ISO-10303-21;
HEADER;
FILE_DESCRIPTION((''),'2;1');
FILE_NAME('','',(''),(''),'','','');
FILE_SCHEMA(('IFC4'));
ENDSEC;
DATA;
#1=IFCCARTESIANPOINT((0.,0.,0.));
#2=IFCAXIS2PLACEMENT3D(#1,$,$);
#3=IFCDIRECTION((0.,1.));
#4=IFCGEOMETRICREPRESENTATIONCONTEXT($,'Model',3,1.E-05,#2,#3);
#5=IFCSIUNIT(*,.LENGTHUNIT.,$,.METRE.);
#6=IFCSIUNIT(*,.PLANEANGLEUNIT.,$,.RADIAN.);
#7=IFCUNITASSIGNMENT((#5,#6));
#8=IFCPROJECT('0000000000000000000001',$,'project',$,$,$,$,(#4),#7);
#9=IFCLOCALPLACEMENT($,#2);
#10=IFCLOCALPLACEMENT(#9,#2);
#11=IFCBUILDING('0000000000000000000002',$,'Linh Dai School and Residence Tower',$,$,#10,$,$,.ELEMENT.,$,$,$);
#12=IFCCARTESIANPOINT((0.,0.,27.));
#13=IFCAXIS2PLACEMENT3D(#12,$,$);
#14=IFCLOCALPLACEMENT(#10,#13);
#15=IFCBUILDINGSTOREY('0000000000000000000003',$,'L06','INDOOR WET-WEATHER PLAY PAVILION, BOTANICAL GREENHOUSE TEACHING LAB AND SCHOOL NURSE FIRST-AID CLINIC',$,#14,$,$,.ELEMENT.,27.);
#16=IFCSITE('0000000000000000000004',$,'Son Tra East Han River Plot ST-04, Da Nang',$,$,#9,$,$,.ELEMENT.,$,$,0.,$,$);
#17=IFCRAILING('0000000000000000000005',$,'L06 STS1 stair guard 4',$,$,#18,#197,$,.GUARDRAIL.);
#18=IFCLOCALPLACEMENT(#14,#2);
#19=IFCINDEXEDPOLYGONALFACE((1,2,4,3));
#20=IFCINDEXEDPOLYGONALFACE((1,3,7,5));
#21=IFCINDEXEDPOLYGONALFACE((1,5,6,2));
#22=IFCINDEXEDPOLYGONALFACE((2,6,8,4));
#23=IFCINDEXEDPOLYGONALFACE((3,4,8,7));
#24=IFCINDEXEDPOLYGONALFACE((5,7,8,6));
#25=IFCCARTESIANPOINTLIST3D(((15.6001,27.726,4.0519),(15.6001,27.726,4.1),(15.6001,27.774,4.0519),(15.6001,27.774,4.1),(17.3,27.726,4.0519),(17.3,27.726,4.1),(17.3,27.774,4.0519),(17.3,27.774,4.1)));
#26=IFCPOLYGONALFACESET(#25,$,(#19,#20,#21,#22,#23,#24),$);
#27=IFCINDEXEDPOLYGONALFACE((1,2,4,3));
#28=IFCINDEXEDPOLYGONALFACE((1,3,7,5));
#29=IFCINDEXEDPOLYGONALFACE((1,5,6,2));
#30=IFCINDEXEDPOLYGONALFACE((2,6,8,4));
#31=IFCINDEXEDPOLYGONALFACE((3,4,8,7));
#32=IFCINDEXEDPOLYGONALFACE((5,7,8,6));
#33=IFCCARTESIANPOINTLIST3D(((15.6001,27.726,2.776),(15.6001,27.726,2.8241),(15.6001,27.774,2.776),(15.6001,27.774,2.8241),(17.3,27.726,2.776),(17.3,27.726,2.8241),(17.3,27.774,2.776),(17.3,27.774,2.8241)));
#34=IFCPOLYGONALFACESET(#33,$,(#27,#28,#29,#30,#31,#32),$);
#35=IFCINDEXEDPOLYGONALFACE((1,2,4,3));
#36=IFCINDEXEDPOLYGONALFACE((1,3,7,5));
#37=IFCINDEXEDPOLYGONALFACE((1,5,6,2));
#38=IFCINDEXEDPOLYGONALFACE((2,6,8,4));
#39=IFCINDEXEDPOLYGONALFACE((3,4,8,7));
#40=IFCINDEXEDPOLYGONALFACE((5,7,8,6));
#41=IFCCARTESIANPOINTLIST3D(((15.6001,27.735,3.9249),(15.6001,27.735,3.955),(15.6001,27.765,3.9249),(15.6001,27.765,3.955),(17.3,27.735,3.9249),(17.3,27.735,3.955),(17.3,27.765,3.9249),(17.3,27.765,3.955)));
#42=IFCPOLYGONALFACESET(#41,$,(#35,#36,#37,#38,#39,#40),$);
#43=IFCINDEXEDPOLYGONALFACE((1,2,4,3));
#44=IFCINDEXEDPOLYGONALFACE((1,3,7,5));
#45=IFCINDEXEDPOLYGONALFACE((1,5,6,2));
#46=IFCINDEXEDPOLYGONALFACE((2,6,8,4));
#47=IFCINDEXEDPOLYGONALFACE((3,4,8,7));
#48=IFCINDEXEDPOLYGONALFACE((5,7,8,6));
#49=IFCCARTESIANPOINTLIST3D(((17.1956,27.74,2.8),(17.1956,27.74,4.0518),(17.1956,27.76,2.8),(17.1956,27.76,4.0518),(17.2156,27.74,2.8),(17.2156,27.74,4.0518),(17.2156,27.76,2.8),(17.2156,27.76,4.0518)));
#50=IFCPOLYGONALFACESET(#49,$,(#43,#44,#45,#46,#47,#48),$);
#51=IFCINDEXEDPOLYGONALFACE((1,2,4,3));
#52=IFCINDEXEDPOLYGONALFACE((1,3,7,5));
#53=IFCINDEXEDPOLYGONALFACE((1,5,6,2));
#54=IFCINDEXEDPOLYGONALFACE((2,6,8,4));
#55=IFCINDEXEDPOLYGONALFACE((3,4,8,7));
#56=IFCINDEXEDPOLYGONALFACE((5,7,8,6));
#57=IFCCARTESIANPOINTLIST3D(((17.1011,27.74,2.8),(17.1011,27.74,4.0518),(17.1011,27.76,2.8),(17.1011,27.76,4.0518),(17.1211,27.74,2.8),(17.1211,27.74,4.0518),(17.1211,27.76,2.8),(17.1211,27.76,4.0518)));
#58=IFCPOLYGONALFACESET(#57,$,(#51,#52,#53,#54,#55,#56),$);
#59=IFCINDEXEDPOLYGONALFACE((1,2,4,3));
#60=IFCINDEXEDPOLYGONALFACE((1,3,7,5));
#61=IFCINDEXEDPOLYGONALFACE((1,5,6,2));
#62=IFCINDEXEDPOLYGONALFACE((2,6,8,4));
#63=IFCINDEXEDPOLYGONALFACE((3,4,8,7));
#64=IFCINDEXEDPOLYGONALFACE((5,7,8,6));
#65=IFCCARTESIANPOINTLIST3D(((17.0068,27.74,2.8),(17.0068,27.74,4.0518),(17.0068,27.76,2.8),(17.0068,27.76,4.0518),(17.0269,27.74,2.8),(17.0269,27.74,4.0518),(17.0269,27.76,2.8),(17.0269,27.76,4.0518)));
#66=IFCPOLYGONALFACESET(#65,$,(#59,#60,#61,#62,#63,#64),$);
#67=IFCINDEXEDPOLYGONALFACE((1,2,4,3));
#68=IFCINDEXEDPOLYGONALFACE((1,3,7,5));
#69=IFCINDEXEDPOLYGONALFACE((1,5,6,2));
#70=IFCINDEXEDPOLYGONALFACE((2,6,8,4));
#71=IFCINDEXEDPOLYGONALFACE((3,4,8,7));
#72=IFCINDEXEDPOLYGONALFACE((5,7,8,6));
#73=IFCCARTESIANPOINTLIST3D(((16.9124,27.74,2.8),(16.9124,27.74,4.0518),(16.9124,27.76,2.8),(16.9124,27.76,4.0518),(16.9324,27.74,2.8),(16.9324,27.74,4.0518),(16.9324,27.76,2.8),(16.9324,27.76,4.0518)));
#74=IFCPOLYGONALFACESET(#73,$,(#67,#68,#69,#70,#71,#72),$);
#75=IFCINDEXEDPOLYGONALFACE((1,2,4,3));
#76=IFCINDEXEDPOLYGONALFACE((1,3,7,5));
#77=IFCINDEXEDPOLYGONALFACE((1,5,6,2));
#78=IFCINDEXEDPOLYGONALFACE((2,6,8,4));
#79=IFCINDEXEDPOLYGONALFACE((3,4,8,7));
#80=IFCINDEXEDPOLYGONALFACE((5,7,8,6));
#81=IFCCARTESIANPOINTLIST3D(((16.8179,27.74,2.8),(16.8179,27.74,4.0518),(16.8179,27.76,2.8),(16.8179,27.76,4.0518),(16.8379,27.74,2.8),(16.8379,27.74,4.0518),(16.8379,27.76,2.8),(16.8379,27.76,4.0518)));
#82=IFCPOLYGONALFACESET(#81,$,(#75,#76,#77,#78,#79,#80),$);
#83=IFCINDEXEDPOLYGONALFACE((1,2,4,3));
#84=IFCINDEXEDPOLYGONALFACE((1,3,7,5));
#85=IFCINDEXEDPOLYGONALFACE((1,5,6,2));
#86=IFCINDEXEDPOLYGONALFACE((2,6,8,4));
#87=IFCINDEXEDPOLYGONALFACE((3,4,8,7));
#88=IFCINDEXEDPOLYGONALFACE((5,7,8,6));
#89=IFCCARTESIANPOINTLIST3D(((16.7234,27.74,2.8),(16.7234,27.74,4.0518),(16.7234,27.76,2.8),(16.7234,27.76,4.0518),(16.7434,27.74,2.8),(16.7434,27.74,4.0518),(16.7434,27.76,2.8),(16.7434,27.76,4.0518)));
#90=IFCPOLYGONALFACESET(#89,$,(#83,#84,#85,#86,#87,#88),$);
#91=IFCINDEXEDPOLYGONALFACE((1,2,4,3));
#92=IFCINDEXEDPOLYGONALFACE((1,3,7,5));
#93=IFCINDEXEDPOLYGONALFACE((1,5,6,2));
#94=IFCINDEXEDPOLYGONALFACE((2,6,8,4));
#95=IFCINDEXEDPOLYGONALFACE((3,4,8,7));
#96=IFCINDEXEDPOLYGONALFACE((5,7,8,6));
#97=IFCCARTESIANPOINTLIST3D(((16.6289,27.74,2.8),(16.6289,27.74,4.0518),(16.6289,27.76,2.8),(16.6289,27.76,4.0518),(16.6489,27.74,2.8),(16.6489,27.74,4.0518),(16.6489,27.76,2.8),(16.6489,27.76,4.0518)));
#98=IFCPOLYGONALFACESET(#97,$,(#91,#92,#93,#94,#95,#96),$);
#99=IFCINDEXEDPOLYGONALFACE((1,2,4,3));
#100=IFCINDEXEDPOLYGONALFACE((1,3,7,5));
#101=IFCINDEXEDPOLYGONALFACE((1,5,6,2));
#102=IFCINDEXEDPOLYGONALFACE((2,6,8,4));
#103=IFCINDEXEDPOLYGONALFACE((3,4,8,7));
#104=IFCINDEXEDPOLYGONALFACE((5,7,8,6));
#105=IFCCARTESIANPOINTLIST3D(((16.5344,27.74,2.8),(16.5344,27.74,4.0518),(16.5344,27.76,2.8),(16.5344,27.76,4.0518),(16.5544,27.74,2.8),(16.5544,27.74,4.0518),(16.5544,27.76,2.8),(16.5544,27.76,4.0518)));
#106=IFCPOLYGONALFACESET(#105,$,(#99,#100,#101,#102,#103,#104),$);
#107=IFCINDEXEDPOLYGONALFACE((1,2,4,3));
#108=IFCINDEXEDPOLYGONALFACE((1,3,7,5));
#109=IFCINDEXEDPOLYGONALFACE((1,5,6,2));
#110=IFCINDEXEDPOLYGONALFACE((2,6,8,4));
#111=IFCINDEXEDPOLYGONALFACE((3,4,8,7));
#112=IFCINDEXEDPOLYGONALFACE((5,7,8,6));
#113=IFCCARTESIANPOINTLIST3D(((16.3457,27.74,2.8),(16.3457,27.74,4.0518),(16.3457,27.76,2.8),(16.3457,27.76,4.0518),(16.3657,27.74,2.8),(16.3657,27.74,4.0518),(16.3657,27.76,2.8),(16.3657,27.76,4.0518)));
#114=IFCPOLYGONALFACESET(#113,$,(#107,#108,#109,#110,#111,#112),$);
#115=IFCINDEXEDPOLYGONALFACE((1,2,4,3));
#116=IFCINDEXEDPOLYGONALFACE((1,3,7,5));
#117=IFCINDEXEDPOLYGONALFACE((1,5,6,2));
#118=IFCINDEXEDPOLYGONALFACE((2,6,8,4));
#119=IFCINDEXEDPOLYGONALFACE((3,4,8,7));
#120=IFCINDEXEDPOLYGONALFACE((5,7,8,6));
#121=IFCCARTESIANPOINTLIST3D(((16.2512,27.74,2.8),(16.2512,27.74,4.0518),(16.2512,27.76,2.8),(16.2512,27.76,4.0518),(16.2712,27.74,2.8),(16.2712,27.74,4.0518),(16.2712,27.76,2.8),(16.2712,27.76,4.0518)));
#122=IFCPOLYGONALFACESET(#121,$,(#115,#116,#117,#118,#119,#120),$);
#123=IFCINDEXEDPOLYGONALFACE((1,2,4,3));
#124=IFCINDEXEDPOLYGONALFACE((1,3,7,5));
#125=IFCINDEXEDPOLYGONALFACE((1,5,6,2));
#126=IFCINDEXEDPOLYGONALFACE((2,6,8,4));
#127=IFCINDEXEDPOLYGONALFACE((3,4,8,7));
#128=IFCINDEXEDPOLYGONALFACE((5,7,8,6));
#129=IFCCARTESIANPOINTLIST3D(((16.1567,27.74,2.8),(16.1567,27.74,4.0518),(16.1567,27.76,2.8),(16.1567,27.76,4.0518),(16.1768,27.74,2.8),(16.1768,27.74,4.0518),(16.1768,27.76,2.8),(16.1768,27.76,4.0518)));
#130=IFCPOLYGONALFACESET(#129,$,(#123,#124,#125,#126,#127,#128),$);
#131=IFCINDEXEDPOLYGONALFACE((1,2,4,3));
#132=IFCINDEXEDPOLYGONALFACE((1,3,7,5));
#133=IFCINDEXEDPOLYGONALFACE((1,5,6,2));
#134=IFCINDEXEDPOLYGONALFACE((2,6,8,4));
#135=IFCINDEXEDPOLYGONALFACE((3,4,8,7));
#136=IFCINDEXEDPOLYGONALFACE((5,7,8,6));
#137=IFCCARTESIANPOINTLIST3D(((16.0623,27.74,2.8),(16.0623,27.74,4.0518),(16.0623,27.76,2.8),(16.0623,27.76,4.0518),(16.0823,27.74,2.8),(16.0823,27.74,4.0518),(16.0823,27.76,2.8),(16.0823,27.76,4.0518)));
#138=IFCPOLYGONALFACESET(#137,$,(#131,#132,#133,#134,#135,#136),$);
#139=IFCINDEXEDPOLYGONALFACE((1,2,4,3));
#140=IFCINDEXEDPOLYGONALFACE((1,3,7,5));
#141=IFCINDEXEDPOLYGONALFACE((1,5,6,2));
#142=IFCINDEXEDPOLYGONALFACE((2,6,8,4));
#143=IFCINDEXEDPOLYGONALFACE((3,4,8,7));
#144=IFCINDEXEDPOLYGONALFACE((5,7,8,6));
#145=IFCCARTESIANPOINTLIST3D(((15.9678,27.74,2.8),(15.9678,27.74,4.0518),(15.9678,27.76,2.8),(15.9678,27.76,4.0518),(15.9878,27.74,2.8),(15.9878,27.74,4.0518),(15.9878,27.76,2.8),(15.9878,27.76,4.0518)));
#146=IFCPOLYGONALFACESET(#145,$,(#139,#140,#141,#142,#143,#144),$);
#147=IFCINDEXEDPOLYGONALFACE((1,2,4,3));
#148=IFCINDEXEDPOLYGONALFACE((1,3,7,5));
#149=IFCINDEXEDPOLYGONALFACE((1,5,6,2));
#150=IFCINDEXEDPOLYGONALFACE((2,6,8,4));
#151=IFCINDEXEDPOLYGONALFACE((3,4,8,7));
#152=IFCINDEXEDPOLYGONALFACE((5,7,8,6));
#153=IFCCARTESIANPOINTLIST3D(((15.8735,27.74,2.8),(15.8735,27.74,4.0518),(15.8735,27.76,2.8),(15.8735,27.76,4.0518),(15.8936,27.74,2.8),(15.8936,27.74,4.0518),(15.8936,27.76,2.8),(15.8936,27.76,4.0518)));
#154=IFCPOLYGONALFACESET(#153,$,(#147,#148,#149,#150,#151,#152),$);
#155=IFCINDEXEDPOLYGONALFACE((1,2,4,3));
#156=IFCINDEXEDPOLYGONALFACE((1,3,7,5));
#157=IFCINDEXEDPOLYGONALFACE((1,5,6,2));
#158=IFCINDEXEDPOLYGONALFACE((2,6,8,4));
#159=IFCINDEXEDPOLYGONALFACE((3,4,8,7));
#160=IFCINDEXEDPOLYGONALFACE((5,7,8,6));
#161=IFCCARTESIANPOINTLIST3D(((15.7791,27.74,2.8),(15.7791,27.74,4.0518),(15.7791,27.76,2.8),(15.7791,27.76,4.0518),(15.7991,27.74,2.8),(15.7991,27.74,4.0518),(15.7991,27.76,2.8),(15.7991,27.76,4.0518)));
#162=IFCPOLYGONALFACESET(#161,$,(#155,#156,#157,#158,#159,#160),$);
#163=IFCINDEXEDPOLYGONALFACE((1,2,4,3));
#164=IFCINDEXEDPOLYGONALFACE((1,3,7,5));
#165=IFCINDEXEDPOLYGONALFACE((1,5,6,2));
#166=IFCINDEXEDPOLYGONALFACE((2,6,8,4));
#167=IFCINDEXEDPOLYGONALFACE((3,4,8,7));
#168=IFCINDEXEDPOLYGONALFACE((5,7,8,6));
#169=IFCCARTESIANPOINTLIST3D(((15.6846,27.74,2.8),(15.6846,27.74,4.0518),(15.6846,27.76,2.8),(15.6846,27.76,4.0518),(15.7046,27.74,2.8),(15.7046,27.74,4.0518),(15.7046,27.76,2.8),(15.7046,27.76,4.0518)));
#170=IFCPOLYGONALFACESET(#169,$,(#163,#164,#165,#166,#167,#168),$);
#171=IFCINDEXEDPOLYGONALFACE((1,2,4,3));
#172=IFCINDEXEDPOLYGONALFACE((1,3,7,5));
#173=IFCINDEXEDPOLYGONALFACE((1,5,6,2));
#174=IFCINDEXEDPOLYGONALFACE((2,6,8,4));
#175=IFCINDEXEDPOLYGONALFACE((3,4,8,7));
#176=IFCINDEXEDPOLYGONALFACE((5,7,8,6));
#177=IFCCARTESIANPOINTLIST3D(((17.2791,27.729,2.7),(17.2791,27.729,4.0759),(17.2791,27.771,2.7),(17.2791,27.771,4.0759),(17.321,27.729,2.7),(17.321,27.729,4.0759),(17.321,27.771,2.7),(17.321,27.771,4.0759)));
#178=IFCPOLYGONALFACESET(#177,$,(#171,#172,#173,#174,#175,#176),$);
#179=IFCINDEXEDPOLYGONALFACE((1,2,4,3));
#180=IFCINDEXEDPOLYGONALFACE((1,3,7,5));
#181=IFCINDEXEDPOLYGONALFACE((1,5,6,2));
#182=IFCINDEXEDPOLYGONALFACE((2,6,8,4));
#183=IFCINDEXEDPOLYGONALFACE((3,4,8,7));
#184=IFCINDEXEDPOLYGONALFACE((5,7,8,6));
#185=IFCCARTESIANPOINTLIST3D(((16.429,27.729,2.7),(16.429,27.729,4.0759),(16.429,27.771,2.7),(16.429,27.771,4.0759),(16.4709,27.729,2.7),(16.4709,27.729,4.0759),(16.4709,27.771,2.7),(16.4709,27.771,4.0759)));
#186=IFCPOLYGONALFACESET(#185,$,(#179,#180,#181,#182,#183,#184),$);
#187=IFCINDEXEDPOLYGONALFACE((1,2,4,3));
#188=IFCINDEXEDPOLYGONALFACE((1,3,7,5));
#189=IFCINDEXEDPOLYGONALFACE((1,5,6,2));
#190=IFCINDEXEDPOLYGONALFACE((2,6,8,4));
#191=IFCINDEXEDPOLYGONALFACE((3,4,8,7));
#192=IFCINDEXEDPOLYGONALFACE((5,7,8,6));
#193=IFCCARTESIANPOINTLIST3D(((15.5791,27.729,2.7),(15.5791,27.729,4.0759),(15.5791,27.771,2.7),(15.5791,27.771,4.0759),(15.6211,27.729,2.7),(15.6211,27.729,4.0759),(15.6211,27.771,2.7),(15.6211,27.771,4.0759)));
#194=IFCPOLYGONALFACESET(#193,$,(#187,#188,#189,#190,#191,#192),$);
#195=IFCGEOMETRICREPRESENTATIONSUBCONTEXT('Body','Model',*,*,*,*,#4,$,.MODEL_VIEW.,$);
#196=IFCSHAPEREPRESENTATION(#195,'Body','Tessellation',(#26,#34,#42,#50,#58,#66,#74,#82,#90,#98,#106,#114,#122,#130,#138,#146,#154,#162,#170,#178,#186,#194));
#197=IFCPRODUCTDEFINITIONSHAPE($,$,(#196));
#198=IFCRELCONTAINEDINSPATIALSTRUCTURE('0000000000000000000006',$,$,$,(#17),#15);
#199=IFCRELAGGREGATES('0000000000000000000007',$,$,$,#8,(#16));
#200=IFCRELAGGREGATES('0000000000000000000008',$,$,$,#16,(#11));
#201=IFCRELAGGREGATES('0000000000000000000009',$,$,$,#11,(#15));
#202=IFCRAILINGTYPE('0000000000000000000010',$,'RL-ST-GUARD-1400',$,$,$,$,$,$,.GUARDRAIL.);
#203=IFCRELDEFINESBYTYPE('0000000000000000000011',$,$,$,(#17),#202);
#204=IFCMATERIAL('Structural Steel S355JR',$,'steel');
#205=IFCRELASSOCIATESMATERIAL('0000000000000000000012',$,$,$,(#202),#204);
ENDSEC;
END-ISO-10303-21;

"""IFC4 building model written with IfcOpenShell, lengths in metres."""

from ifc_helpers import new_model, si_unit, direction, frame, origin, origin_2d, place, context, subcontext, project, spatial, rectangle, extrude, source, transform, mapped, material, type_object, element, save


model = new_model("IFC4")

# Units and contexts
model_context = context("Model", 3, precision=1e-05, world=origin(), true_north=direction((0.0, 1.0)))
body_context = subcontext(model_context, "Body", "Model", "MODEL_VIEW")
ifc_project = project(units=[si_unit("LENGTHUNIT", "METRE"), si_unit("PLANEANGLEUNIT", "RADIAN")], contexts=[model_context])

# Site, building, storey
site_placement = place(None, origin())
site = spatial("IfcSite", under=ifc_project, at=site_placement, Name="Son Tra East Han River Plot ST-04, Da Nang", CompositionType="ELEMENT", RefElevation=0.0)
building_placement = place(site_placement, origin())
building = spatial("IfcBuilding", under=site, at=building_placement, Name="Linh Dai School and Residence Tower", CompositionType="ELEMENT")
storey_placement = place(building_placement, frame((0.0, 0.0, 27.0)))
storey = spatial("IfcBuildingStorey", under=building, at=storey_placement, Name="L06", Description="INDOOR WET-WEATHER PLAY PAVILION, BOTANICAL GREENHOUSE TEACHING LAB AND SCHOOL NURSE FIRST-AID CLINIC", CompositionType="ELEMENT", Elevation=27.0)

# Shared definitions
ifc_material_1 = material(Name="Structural Steel S355JR", Category="steel")

# Railing
railing_type_1 = type_object("IfcRailingType", Name="RL-ST-GUARD-1400", PredefinedType="GUARDRAIL", material=ifc_material_1)
shared_shape_1 = source(origin(), body_context, "Body", "SweptSolid", [
    extrude(rectangle(XDim=0.0481, YDim=0.0481, at=origin_2d()), frame((0.0, 0.0, 1.376), z_axis=(-1.0, 0.0, 0.0), x_axis=(0.0, -1.0, 0.0)), (0.0, 0.0, 1.0), 1.7),
    extrude(rectangle(XDim=0.0481, YDim=0.0481, at=origin_2d()), frame((0.0, 0.0, 0.1001), z_axis=(-1.0, 0.0, 0.0), x_axis=(0.0, -1.0, 0.0)), (0.0, 0.0, 1.0), 1.7),
    extrude(rectangle(XDim=0.03, YDim=0.03, at=origin_2d()), frame((0.0, 0.0, 1.24), z_axis=(-1.0, 0.0, 0.0), x_axis=(0.0, -1.0, 0.0)), (0.0, 0.0, 1.0), 1.7),
    extrude(rectangle(XDim=0.02, YDim=0.02, at=origin_2d()), frame((-0.0945, 0.0, 0.1001)), (0.0, 0.0, 1.0), 1.2517),
    extrude(rectangle(XDim=0.02, YDim=0.02, at=origin_2d()), frame((-0.189, 0.0, 0.1001)), (0.0, 0.0, 1.0), 1.2517),
    extrude(rectangle(XDim=0.02, YDim=0.02, at=origin_2d()), frame((-0.2832, 0.0, 0.1001)), (0.0, 0.0, 1.0), 1.2517),
    extrude(rectangle(XDim=0.02, YDim=0.02, at=origin_2d()), frame((-0.3777, 0.0, 0.1001)), (0.0, 0.0, 1.0), 1.2517),
    extrude(rectangle(XDim=0.02, YDim=0.02, at=origin_2d()), frame((-0.4722, 0.0, 0.1001)), (0.0, 0.0, 1.0), 1.2517),
    extrude(rectangle(XDim=0.02, YDim=0.02, at=origin_2d()), frame((-0.5667, 0.0, 0.1001)), (0.0, 0.0, 1.0), 1.2517),
    extrude(rectangle(XDim=0.02, YDim=0.02, at=origin_2d()), frame((-0.6611, 0.0, 0.1001)), (0.0, 0.0, 1.0), 1.2517),
    extrude(rectangle(XDim=0.02, YDim=0.02, at=origin_2d()), frame((-0.7556, 0.0, 0.1001)), (0.0, 0.0, 1.0), 1.2517),
    extrude(rectangle(XDim=0.02, YDim=0.02, at=origin_2d()), frame((-0.9443, 0.0, 0.1001)), (0.0, 0.0, 1.0), 1.2517),
    extrude(rectangle(XDim=0.02, YDim=0.02, at=origin_2d()), frame((-1.0388, 0.0, 0.1001)), (0.0, 0.0, 1.0), 1.2517),
    extrude(rectangle(XDim=0.02, YDim=0.02, at=origin_2d()), frame((-1.1333, 0.0, 0.1001)), (0.0, 0.0, 1.0), 1.2517),
    extrude(rectangle(XDim=0.02, YDim=0.02, at=origin_2d()), frame((-1.2278, 0.0, 0.1001)), (0.0, 0.0, 1.0), 1.2517),
    extrude(rectangle(XDim=0.02, YDim=0.02, at=origin_2d()), frame((-1.3223, 0.0, 0.1001)), (0.0, 0.0, 1.0), 1.2517),
    extrude(rectangle(XDim=0.02, YDim=0.02, at=origin_2d()), frame((-1.4165, 0.0, 0.1001)), (0.0, 0.0, 1.0), 1.2517),
    extrude(rectangle(XDim=0.02, YDim=0.02, at=origin_2d()), frame((-1.511, 0.0, 0.1001)), (0.0, 0.0, 1.0), 1.2517),
    extrude(rectangle(XDim=0.02, YDim=0.02, at=origin_2d()), frame((-1.6055, 0.0, 0.1001)), (0.0, 0.0, 1.0), 1.2517),
    extrude(rectangle(XDim=0.042, YDim=0.042, at=origin_2d()), origin(), (0.0, 0.0, 1.0), 1.376),
    extrude(rectangle(XDim=0.042, YDim=0.042, at=origin_2d()), frame((-0.8501, 0.0, 0.0)), (0.0, 0.0, 1.0), 1.376),
    extrude(rectangle(XDim=0.042, YDim=0.042, at=origin_2d()), frame((-1.7, 0.0, 0.0)), (0.0, 0.0, 1.0), 1.376),
])
for number, where, name in (
    (1, (17.3, 27.75, 2.7), "L06 STS1 stair guard 4"),
):
    element("IfcRailing", number, at=place(storey_placement, frame(where)), inside=storey, type_object=railing_type_1, Name=name, PredefinedType="GUARDRAIL", context=body_context, shape_type="MappedRepresentation", body=[
        mapped(shared_shape_1, transform((0.0, 0.0, 0.0), x_axis=(1.0, 0.0, 0.0), y_axis=(0.0, 1.0, 0.0), z_axis=(0.0, 0.0, 1.0), scale=1.0)),
    ])

save(model, "model.ifc")
